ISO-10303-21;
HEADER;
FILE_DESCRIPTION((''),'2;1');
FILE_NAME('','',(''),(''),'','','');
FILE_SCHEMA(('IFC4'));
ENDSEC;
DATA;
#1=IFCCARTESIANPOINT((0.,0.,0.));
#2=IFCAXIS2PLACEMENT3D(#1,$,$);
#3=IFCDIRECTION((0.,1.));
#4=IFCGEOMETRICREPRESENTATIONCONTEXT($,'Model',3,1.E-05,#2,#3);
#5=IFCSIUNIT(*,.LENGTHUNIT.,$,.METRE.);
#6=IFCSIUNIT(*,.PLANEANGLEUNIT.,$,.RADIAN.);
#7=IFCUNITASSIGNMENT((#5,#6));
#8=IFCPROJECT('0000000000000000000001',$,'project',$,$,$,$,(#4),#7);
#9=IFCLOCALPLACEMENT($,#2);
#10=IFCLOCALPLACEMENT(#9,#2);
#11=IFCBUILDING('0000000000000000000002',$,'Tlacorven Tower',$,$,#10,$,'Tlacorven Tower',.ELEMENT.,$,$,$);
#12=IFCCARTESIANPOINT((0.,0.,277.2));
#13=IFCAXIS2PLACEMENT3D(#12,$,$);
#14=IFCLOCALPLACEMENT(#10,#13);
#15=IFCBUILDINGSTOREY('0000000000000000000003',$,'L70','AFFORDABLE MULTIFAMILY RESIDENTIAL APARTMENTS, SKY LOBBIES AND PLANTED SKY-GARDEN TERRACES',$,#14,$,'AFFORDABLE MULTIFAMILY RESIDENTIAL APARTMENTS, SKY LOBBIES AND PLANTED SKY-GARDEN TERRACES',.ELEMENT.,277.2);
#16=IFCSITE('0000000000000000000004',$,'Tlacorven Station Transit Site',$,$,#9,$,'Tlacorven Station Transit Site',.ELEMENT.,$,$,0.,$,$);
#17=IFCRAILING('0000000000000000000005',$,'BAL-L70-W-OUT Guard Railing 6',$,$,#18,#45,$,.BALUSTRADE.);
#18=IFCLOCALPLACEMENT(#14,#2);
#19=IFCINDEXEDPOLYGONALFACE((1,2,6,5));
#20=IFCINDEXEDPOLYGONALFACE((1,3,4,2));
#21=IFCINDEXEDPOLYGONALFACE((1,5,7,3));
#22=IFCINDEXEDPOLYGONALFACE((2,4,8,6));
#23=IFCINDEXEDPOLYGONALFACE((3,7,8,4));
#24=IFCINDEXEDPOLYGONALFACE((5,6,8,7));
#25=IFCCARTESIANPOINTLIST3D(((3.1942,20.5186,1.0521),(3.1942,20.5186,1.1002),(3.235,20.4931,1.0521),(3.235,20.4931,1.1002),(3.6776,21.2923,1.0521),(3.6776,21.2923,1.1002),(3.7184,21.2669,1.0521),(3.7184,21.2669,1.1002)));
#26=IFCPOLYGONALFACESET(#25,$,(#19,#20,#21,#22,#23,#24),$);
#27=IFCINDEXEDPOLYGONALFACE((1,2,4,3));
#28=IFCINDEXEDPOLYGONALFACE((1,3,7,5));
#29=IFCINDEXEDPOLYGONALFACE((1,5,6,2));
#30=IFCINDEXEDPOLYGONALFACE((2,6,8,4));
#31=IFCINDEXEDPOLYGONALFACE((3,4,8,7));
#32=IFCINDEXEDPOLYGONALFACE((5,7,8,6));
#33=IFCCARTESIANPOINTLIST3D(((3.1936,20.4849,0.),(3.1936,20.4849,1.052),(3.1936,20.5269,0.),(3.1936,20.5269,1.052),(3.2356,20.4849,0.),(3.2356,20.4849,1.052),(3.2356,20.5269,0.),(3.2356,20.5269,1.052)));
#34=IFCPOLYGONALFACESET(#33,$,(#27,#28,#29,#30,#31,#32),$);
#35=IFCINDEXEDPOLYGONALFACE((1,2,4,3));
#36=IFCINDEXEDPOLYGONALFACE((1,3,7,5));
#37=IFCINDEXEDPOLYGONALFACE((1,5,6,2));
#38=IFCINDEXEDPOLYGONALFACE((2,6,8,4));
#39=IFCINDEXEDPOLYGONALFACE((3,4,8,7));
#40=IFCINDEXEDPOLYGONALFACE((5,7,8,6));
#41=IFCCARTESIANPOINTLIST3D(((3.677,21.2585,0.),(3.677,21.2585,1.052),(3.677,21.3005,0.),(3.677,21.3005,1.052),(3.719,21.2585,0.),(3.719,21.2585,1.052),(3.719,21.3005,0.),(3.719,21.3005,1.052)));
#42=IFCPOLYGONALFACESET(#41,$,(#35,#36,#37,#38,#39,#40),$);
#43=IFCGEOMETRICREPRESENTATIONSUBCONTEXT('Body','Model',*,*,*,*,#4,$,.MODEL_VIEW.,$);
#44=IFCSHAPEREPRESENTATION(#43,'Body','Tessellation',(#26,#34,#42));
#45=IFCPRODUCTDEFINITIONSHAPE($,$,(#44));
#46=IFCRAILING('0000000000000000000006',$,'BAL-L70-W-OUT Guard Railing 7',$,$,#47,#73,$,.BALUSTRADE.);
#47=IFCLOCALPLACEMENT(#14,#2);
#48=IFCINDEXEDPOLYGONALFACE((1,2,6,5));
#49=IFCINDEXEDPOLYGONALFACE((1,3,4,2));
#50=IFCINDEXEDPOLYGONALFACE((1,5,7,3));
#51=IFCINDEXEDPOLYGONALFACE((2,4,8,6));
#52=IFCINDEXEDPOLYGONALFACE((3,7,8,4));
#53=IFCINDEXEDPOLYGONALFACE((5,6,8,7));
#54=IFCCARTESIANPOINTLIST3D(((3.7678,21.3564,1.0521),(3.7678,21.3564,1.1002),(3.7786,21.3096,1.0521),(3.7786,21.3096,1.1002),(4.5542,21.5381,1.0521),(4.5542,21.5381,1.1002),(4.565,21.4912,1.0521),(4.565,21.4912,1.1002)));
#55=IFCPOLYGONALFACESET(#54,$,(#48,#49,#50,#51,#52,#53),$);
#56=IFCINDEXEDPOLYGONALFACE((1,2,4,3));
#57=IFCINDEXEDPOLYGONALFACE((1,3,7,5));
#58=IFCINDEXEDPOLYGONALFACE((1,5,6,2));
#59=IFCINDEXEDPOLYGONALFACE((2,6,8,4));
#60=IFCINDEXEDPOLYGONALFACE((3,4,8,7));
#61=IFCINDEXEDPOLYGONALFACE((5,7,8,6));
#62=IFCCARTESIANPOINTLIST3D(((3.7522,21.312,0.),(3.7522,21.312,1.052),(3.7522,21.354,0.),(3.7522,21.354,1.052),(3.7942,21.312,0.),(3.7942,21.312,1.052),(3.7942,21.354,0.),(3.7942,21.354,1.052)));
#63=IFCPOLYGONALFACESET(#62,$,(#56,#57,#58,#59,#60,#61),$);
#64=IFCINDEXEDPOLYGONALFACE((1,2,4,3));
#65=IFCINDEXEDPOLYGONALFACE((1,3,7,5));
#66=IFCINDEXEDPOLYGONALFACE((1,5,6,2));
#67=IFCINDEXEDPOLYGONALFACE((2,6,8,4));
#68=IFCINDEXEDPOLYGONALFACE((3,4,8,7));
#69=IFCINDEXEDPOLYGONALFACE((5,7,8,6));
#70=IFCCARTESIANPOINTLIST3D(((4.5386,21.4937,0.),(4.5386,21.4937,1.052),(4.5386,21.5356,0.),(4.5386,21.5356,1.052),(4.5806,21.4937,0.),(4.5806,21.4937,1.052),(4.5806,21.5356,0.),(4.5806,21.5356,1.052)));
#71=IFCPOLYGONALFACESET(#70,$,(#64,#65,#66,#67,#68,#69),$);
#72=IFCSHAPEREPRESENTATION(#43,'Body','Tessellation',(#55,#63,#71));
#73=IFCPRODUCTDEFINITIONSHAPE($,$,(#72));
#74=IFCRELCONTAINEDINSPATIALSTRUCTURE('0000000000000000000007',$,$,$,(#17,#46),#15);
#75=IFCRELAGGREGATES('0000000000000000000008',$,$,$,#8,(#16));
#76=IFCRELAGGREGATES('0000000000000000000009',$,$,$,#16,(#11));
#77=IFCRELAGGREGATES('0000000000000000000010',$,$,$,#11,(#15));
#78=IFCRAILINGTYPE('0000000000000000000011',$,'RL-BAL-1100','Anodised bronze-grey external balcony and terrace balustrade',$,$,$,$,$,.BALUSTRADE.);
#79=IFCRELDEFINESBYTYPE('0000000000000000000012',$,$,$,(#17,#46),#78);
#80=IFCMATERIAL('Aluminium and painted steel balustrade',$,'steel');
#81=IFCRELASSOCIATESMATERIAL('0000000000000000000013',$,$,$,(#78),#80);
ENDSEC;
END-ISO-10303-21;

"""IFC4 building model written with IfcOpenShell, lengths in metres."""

from ifc_helpers import new_model, si_unit, direction, frame, origin, origin_2d, place, context, subcontext, project, spatial, rectangle, extrude, source, transform, mapped, material, type_object, element, save


model = new_model("IFC4")

# Units and contexts
model_context = context("Model", 3, precision=1e-05, world=origin(), true_north=direction((0.0, 1.0)))
body_context = subcontext(model_context, "Body", "Model", "MODEL_VIEW")
ifc_project = project(units=[si_unit("LENGTHUNIT", "METRE"), si_unit("PLANEANGLEUNIT", "RADIAN")], contexts=[model_context])

# Site, building, storey
site_placement = place(None, origin())
site = spatial("IfcSite", under=ifc_project, at=site_placement, Name="Tlacorven Station Transit Site", LongName="Tlacorven Station Transit Site", CompositionType="ELEMENT", RefElevation=0.0)
building_placement = place(site_placement, origin())
building = spatial("IfcBuilding", under=site, at=building_placement, Name="Tlacorven Tower", LongName="Tlacorven Tower", CompositionType="ELEMENT")
storey_placement = place(building_placement, frame((0.0, 0.0, 277.2)))
storey = spatial("IfcBuildingStorey", under=building, at=storey_placement, Name="L70", Description="AFFORDABLE MULTIFAMILY RESIDENTIAL APARTMENTS, SKY LOBBIES AND PLANTED SKY-GARDEN TERRACES", LongName="AFFORDABLE MULTIFAMILY RESIDENTIAL APARTMENTS, SKY LOBBIES AND PLANTED SKY-GARDEN TERRACES", CompositionType="ELEMENT", Elevation=277.2)

# Railings
ifc_material_1 = material(Name="Aluminium and painted steel balustrade", Category="steel")
railing_type = type_object("IfcRailingType", Name="RL-BAL-1100", Description="Anodised bronze-grey external balcony and terrace balustrade", PredefinedType="BALUSTRADE", material=ifc_material_1)
shared_shape_1 = source(origin(), body_context, "Body", "SweptSolid", [
    extrude(rectangle(XDim=0.0481, YDim=0.0481, at=origin_2d()), frame((0.0, 0.0, 1.0762), z_axis=(0.529879, 0.848073, 0.0), x_axis=(-0.848073, 0.529879, 0.0)), (0.0, 0.0, 1.0), 0.9124),
    extrude(rectangle(XDim=0.042, YDim=0.042, at=origin_2d()), origin(), (0.0, 0.0, 1.0), 1.052),
    extrude(rectangle(XDim=0.042, YDim=0.042, at=origin_2d()), frame((0.4834, 0.7737, 0.0)), (0.0, 0.0, 1.0), 1.052),
])
railing_1_placement = place(storey_placement, frame((3.2146, 20.5059, 0.0)))
element("IfcRailing", 1, at=railing_1_placement, inside=storey, type_object=railing_type, Name="BAL-L70-W-OUT Guard Railing 6", PredefinedType="BALUSTRADE", context=body_context, shape_type="MappedRepresentation", body=[
    mapped(shared_shape_1, transform((0.0, 0.0, 0.0), scale=1.0)),
])
shared_shape_2 = source(origin(), body_context, "Body", "SweptSolid", [
    extrude(rectangle(XDim=0.0481, YDim=0.0481, at=origin_2d()), frame((0.0, 0.0, 1.0762), z_axis=(0.974345, 0.225058, 0.0), x_axis=(-0.225058, 0.974345, 0.0)), (0.0, 0.0, 1.0), 0.8071),
    extrude(rectangle(XDim=0.042, YDim=0.042, at=origin_2d()), origin(), (0.0, 0.0, 1.0), 1.052),
    extrude(rectangle(XDim=0.042, YDim=0.042, at=origin_2d()), frame((0.7864, 0.1816, 0.0)), (0.0, 0.0, 1.0), 1.052),
])
railing_2_placement = place(storey_placement, frame((3.7732, 21.333, 0.0)))
element("IfcRailing", 2, at=railing_2_placement, inside=storey, type_object=railing_type, Name="BAL-L70-W-OUT Guard Railing 7", PredefinedType="BALUSTRADE", context=body_context, shape_type="MappedRepresentation", body=[
    mapped(shared_shape_2, transform((0.0, 0.0, 0.0), scale=1.0)),
])

save(model, "model.ifc")
